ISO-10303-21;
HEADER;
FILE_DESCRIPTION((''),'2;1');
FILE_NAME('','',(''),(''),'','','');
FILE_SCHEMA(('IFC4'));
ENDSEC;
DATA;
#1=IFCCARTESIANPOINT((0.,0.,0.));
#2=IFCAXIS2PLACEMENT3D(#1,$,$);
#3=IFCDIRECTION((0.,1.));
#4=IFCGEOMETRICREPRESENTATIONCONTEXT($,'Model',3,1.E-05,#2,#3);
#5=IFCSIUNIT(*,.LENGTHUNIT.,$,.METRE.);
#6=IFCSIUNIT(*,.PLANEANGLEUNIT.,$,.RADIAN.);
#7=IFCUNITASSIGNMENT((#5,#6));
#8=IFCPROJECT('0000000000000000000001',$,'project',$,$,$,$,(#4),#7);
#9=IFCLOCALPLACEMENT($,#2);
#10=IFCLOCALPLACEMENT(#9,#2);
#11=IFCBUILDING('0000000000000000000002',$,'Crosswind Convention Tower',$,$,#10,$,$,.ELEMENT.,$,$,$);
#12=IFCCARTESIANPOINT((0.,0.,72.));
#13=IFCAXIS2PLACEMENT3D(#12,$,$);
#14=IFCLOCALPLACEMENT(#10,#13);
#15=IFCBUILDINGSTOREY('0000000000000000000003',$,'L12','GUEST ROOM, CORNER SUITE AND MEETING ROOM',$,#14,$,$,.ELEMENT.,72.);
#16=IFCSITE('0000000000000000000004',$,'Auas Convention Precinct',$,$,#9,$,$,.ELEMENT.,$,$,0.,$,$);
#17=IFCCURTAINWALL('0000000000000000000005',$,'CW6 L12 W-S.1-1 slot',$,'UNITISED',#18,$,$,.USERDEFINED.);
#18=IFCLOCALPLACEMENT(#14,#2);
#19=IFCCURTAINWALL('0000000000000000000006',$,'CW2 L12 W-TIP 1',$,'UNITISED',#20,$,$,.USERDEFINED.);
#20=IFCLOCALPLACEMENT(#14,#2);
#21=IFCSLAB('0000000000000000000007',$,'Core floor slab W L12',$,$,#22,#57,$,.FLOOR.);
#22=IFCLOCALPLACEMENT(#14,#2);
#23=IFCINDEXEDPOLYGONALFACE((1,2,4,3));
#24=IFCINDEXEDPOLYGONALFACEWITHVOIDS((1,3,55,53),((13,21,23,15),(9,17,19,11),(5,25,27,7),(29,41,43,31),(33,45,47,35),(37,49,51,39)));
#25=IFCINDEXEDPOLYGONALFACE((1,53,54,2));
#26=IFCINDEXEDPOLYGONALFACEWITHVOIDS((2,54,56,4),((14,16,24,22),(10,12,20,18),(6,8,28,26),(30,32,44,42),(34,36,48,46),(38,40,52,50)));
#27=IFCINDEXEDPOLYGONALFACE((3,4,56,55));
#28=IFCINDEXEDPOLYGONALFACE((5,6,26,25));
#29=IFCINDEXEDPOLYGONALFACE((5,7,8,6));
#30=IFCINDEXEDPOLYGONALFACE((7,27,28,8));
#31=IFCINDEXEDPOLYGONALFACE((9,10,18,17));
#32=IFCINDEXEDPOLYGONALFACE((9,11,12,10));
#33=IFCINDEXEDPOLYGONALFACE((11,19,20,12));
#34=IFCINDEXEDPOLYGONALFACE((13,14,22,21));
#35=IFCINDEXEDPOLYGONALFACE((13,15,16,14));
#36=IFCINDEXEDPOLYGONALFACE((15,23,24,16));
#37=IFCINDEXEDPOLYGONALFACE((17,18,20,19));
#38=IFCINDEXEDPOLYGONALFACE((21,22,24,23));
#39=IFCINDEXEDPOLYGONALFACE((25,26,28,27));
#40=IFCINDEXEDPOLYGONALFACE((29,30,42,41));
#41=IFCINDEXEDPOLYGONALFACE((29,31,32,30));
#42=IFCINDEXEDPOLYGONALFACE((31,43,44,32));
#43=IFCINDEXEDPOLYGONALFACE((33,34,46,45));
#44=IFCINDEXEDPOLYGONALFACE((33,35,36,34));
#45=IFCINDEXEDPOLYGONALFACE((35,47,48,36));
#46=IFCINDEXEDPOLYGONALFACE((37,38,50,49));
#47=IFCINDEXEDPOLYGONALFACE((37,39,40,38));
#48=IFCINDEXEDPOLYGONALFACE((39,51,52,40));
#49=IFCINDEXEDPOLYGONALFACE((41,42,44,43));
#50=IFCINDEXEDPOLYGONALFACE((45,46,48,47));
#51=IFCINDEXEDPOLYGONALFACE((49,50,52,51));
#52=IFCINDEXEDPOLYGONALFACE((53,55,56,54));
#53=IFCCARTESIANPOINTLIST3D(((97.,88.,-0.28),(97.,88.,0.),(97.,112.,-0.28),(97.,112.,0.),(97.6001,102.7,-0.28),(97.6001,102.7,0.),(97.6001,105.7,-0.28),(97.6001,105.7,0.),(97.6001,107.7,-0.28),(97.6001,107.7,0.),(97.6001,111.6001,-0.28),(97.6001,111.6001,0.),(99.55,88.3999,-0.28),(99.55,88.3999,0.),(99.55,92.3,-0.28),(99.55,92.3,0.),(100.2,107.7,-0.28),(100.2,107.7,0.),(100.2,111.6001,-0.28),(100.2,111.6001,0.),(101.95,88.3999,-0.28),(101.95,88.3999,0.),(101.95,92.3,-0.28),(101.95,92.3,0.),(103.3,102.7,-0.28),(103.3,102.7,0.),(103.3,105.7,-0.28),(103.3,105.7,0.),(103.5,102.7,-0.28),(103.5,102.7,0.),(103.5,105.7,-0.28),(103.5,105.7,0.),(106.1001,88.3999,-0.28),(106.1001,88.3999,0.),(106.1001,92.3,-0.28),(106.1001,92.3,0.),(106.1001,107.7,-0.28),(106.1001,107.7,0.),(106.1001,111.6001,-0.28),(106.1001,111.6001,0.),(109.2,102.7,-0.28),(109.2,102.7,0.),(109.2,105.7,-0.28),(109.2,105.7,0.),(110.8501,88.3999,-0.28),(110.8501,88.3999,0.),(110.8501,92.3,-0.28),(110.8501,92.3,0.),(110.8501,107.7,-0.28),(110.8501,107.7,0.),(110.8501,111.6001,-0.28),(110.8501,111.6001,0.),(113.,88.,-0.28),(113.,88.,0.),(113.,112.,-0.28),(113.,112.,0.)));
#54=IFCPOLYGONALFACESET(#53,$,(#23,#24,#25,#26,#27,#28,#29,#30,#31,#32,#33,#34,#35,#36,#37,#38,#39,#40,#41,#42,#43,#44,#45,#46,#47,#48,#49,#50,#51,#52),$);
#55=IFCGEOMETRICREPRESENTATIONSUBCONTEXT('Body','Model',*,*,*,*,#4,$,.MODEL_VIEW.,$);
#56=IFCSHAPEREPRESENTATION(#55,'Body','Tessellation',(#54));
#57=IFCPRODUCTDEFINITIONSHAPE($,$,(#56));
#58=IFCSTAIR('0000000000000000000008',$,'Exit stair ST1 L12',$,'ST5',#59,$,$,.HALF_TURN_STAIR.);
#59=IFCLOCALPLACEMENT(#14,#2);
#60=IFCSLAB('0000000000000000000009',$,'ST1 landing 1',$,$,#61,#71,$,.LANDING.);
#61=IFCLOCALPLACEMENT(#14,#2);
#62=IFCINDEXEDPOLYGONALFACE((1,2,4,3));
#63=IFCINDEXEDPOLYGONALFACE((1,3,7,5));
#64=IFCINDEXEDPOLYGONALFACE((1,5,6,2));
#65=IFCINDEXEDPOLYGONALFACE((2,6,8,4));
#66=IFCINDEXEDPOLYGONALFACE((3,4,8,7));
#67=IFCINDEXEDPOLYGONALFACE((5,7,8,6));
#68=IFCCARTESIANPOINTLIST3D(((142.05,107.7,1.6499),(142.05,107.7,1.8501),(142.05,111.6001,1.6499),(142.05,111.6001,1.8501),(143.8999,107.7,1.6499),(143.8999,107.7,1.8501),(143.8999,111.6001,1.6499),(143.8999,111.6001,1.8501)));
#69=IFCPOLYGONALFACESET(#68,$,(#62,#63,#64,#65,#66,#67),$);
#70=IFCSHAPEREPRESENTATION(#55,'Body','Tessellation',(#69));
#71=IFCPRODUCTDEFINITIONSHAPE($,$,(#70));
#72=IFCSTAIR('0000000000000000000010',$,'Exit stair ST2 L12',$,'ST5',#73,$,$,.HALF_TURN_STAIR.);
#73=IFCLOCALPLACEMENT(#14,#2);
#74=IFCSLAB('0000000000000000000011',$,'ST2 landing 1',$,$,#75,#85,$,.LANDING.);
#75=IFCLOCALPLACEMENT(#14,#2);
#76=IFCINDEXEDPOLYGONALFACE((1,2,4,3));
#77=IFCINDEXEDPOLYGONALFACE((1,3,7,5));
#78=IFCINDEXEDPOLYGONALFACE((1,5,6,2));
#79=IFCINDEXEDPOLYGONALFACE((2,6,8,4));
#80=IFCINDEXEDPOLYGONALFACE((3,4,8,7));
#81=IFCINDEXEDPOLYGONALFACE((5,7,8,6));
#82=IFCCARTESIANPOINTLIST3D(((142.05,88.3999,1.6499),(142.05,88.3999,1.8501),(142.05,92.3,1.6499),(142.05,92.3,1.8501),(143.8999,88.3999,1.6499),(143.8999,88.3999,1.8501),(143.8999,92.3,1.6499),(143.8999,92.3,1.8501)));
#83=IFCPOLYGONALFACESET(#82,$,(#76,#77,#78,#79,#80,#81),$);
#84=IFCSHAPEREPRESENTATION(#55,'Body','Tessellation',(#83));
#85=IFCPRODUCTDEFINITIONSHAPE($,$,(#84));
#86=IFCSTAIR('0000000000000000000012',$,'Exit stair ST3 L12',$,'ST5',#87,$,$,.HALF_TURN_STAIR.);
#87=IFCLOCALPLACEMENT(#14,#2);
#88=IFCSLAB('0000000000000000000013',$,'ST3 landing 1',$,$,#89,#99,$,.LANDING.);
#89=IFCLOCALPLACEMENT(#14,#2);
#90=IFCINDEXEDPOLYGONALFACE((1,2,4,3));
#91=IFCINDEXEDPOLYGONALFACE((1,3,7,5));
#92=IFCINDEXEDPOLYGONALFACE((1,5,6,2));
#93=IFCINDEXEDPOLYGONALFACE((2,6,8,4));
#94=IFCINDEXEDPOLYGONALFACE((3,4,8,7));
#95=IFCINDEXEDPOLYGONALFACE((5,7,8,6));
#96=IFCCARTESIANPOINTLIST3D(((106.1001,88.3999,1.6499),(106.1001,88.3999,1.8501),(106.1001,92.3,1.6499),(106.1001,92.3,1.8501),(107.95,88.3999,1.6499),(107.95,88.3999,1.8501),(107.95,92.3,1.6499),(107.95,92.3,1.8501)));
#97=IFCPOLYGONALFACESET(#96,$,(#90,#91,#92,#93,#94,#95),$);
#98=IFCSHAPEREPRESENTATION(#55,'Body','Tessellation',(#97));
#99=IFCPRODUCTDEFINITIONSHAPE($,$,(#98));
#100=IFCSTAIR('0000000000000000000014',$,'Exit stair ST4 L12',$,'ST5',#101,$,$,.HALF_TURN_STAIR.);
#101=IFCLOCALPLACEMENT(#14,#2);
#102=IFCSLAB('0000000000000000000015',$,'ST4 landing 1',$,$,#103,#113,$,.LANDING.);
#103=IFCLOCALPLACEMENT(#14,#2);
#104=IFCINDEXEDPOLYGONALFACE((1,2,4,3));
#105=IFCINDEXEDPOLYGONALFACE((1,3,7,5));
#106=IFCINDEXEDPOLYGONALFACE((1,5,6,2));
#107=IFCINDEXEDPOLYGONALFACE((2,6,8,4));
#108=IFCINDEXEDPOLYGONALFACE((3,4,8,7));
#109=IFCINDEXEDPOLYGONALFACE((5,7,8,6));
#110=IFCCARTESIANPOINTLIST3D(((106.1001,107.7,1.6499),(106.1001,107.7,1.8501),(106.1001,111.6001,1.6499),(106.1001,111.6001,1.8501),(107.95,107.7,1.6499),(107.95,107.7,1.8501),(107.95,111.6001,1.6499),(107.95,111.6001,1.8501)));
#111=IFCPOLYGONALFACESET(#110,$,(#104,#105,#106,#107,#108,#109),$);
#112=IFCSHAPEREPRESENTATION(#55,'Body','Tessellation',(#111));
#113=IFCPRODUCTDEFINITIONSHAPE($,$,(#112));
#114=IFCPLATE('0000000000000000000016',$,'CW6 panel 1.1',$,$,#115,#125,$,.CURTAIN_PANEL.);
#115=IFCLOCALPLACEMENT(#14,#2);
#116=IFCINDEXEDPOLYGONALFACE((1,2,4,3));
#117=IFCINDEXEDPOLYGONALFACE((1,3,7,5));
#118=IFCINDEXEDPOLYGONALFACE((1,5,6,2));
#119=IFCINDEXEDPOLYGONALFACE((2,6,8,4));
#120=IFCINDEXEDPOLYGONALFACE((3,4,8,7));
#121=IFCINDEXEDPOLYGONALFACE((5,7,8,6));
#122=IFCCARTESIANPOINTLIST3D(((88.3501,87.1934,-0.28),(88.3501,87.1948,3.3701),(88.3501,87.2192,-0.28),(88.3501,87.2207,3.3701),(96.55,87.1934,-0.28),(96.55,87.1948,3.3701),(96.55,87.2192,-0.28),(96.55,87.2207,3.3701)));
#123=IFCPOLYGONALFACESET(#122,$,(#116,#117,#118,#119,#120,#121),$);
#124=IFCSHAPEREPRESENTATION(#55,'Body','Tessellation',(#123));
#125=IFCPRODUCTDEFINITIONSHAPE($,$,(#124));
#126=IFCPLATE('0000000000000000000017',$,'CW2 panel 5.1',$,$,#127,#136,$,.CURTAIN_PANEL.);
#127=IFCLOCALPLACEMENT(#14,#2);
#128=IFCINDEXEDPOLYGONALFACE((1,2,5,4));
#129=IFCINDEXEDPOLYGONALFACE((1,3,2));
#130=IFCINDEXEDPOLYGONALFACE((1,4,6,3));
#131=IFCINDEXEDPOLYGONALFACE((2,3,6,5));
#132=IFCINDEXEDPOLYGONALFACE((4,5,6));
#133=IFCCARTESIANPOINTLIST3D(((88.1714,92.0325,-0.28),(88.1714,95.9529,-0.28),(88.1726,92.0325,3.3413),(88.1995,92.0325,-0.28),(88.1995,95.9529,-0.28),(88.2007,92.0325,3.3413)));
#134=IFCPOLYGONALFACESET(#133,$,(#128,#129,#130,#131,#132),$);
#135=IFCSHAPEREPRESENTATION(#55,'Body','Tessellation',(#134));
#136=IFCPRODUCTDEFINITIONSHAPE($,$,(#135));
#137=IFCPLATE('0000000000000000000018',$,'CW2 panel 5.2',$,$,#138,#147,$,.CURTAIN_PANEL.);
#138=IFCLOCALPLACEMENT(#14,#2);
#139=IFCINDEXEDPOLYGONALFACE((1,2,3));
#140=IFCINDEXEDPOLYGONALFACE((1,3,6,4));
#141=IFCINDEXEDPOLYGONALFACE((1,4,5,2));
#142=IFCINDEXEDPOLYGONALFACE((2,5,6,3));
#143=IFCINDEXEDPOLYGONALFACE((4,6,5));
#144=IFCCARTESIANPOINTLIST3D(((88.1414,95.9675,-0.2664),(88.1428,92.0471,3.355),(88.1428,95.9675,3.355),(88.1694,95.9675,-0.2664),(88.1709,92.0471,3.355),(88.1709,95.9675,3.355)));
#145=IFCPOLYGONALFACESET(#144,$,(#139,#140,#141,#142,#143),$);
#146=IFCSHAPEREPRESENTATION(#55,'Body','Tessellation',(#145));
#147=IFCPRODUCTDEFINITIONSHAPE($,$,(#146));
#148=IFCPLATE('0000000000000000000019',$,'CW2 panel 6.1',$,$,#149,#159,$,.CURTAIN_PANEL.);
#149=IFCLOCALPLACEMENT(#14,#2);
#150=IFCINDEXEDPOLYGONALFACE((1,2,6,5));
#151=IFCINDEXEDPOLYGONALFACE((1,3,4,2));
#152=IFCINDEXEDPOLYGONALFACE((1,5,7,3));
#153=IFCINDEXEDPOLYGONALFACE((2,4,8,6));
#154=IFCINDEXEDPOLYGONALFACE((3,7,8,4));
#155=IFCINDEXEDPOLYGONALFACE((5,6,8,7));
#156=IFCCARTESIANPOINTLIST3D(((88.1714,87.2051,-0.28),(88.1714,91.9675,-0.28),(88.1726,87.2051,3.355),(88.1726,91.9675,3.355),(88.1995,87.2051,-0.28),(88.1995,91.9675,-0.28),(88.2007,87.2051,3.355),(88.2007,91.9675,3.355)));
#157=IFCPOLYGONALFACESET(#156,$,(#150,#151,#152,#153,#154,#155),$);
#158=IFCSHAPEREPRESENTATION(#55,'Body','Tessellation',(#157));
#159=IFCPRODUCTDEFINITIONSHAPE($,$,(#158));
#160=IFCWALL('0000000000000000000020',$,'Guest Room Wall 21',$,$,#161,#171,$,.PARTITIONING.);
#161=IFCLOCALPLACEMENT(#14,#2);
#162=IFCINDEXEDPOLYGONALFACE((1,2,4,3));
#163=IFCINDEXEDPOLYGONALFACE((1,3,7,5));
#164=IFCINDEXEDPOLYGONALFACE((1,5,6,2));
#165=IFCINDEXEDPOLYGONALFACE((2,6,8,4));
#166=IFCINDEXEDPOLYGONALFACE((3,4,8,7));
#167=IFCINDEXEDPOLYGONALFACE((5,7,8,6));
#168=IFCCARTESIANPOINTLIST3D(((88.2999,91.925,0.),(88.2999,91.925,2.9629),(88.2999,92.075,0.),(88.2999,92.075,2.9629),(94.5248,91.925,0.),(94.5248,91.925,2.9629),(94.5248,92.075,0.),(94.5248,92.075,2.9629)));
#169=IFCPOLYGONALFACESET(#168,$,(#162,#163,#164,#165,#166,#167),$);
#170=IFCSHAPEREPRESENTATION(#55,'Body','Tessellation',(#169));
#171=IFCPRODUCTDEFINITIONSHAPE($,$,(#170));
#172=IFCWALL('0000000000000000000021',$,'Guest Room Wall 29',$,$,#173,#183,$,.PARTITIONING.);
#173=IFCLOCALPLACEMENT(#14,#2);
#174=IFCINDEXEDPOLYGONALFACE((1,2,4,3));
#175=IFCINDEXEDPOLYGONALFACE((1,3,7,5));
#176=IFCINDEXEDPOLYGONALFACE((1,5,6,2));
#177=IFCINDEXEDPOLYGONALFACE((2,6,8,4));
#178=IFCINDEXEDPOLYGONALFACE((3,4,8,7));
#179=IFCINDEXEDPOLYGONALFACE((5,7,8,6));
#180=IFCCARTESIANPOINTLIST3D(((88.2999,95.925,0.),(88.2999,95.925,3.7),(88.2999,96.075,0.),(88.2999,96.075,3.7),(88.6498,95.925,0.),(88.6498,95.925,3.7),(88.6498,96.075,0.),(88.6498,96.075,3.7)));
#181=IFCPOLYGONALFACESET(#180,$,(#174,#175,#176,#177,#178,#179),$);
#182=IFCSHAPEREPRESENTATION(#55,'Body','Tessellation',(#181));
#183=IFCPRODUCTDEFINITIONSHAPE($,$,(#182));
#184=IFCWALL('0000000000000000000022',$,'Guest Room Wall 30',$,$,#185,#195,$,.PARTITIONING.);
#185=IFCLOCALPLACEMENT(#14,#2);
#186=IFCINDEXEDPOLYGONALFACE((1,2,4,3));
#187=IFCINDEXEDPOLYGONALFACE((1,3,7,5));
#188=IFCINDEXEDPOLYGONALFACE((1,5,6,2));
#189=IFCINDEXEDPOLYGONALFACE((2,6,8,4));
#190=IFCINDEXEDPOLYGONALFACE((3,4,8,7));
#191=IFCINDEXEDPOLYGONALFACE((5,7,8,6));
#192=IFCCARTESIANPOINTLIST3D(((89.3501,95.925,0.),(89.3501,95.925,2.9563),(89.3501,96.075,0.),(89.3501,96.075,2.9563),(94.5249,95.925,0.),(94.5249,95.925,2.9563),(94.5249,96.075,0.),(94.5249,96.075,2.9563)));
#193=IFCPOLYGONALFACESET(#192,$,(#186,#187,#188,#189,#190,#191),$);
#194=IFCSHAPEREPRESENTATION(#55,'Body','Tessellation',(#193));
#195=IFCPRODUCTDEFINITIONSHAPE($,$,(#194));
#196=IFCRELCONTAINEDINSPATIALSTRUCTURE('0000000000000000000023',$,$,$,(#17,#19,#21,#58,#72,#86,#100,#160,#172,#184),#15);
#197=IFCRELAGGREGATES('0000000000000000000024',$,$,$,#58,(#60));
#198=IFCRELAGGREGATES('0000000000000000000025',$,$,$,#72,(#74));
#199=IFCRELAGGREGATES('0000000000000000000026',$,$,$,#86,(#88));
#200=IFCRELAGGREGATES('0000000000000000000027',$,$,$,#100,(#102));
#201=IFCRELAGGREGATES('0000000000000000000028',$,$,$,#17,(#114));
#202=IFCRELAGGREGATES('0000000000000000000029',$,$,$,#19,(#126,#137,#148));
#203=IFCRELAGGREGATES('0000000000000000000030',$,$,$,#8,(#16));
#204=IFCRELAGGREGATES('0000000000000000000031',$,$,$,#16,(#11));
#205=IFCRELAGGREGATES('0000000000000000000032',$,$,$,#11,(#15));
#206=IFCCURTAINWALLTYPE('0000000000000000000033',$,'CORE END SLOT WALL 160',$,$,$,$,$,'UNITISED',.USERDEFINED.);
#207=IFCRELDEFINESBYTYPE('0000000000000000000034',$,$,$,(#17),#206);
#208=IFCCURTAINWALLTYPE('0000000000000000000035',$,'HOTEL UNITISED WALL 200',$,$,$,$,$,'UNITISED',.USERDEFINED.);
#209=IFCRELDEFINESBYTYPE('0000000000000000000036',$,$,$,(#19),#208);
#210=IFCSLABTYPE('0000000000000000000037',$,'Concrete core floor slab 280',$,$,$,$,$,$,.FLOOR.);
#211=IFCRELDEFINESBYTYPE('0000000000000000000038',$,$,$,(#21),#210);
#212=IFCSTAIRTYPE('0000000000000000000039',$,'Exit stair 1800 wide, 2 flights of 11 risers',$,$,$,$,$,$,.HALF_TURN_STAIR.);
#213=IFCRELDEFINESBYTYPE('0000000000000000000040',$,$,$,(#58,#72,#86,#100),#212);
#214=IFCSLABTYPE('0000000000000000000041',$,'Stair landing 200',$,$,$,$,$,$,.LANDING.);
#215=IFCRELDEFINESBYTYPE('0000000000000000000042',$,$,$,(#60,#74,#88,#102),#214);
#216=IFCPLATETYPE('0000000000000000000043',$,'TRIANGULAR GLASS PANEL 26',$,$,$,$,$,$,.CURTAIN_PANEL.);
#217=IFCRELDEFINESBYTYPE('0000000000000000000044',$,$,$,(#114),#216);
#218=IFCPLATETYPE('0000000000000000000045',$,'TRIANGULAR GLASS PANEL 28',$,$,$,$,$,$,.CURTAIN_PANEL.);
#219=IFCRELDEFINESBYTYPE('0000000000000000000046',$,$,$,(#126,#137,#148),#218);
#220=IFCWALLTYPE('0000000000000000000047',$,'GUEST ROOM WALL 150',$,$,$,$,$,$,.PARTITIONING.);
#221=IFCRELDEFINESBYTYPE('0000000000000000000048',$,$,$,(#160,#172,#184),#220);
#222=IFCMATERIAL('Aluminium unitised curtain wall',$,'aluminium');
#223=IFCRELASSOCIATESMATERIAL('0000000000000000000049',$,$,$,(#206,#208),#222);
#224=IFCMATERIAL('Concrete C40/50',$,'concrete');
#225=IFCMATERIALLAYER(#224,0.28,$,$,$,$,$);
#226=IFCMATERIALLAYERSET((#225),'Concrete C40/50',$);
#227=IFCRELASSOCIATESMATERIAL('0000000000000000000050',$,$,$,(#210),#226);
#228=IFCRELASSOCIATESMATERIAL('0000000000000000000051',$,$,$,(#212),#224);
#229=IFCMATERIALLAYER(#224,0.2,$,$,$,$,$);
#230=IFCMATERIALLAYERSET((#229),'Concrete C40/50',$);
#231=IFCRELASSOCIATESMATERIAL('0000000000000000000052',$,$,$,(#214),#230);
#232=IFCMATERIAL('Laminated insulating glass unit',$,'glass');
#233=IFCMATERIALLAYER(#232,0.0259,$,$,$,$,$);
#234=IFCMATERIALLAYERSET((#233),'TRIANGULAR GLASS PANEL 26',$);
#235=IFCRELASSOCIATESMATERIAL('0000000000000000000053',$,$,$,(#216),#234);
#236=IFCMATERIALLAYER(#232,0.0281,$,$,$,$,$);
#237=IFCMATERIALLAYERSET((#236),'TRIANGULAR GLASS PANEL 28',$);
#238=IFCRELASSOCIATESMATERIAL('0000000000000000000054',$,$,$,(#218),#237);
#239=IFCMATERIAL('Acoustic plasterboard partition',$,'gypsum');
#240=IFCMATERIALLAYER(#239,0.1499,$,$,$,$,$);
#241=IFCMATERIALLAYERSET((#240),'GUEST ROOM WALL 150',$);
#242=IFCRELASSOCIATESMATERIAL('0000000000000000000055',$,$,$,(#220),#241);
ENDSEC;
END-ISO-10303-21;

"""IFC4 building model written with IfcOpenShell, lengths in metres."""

from ifc_helpers import new_model, si_unit, direction, frame, frame_2d, origin, place, context, subcontext, project, spatial, polyline, rectangle, outline, extrude, material, layer, layer_set, type_object, element, aggregate, save


model = new_model("IFC4")

# Units and contexts
model_context = context("Model", 3, precision=1e-05, world=origin(), true_north=direction((0.0, 1.0)))
body_context = subcontext(model_context, "Body", "Model", "MODEL_VIEW")
ifc_project = project(units=[si_unit("LENGTHUNIT", "METRE"), si_unit("PLANEANGLEUNIT", "RADIAN")], contexts=[model_context])

# Site, building, storey
site_placement = place(None, origin())
site = spatial("IfcSite", under=ifc_project, at=site_placement, Name="Auas Convention Precinct", CompositionType="ELEMENT", RefElevation=0.0)
building_placement = place(site_placement, origin())
building = spatial("IfcBuilding", under=site, at=building_placement, Name="Crosswind Convention Tower", CompositionType="ELEMENT")
storey_placement = place(building_placement, frame((0.0, 0.0, 72.0)))
storey = spatial("IfcBuildingStorey", under=building, at=storey_placement, Name="L12", Description="GUEST ROOM, CORNER SUITE AND MEETING ROOM", CompositionType="ELEMENT", Elevation=72.0)

# Curtain wall
ifc_material_1 = material(Name="Aluminium unitised curtain wall", Category="aluminium")
curtain_wall_type_1 = type_object("IfcCurtainWallType", Name="CORE END SLOT WALL 160", ElementType="UNITISED", PredefinedType="USERDEFINED", material=ifc_material_1)
curtain_wall_1_placement = place(storey_placement, origin())
curtain_wall_1 = element("IfcCurtainWall", 1, at=curtain_wall_1_placement, inside=storey, type_object=curtain_wall_type_1, Name="CW6 L12 W-S.1-1 slot", ObjectType="UNITISED", PredefinedType="USERDEFINED")

# Curtain wall
curtain_wall_type_2 = type_object("IfcCurtainWallType", Name="HOTEL UNITISED WALL 200", ElementType="UNITISED", PredefinedType="USERDEFINED", material=ifc_material_1)
curtain_wall_2_placement = place(storey_placement, origin())
curtain_wall_2 = element("IfcCurtainWall", 2, at=curtain_wall_2_placement, inside=storey, type_object=curtain_wall_type_2, Name="CW2 L12 W-TIP 1", ObjectType="UNITISED", PredefinedType="USERDEFINED")

# Slab
ifc_material_2 = material(Name="Concrete C40/50", Category="concrete")
ifc_layer_1 = layer(ifc_material_2, 0.28)
ifc_layer_set_1 = layer_set([ifc_layer_1], Name="Concrete C40/50")
slab_type_1 = type_object("IfcSlabType", Name="Concrete core floor slab 280", PredefinedType="FLOOR", material=ifc_layer_set_1)
slab_1_placement = place(storey_placement, frame((0.0, 0.0, -0.28)))
element("IfcSlab", 3, at=slab_1_placement, inside=storey, type_object=slab_type_1, Name="Core floor slab W L12", PredefinedType="FLOOR", context=body_context, shape_type="SweptSolid", body=[
    extrude(outline(polyline([(97.0, 88.0), (113.0, 88.0), (113.0, 112.0), (97.0, 112.0), (97.0, 88.0)]), holes=[polyline([(109.2, 102.7), (109.2, 105.7), (103.5, 105.7), (103.5, 102.7), (109.2, 102.7)]), polyline([(103.3, 102.7), (103.3, 105.7), (97.6001, 105.7), (97.6001, 102.7), (103.3, 102.7)]), polyline([(101.95, 88.3999), (101.95, 92.3), (99.55, 92.3), (99.55, 88.3999), (101.95, 88.3999)]), polyline([(100.2, 107.7), (100.2, 111.6001), (97.6001, 111.6001), (97.6001, 107.7), (100.2, 107.7)]), polyline([(110.8501, 88.3999), (110.8501, 92.3), (106.1001, 92.3), (106.1001, 88.3999), (110.8501, 88.3999)]), polyline([(110.8501, 107.7), (110.8501, 111.6001), (106.1001, 111.6001), (106.1001, 107.7), (110.8501, 107.7)])]), origin(), (0.0, 0.0, 1.0), 0.28),
])

# Stairs, slabs
stair_type = type_object("IfcStairType", Name="Exit stair 1800 wide, 2 flights of 11 risers", PredefinedType="HALF_TURN_STAIR", material=ifc_material_2)
stair_1_placement = place(storey_placement, origin())
stair_1 = element("IfcStair", 4, at=stair_1_placement, inside=storey, type_object=stair_type, Name="Exit stair ST1 L12", ObjectType="ST5", PredefinedType="HALF_TURN_STAIR")
ifc_layer_2 = layer(ifc_material_2, 0.2)
ifc_layer_set_2 = layer_set([ifc_layer_2], Name="Concrete C40/50")
slab_type_2 = type_object("IfcSlabType", Name="Stair landing 200", PredefinedType="LANDING", material=ifc_layer_set_2)
slab_2_placement = place(storey_placement, frame((0.0, 0.0, 1.6499)))
slab_2 = element("IfcSlab", 5, at=slab_2_placement, type_object=slab_type_2, Name="ST1 landing 1", PredefinedType="LANDING", context=body_context, shape_type="SweptSolid", body=[
    extrude(outline(polyline([(143.8999, 107.7), (143.8999, 111.6001), (142.05, 111.6001), (142.05, 107.7), (143.8999, 107.7)])), origin(), (0.0, 0.0, 1.0), 0.2002),
])
aggregate(stair_1, [slab_2])
stair_2_placement = place(storey_placement, origin())
stair_2 = element("IfcStair", 6, at=stair_2_placement, inside=storey, type_object=stair_type, Name="Exit stair ST2 L12", ObjectType="ST5", PredefinedType="HALF_TURN_STAIR")
slab_3_placement = place(storey_placement, frame((0.0, 0.0, 1.6499)))
slab_3 = element("IfcSlab", 7, at=slab_3_placement, type_object=slab_type_2, Name="ST2 landing 1", PredefinedType="LANDING", context=body_context, shape_type="SweptSolid", body=[
    extrude(outline(polyline([(143.8999, 88.3999), (143.8999, 92.3), (142.05, 92.3), (142.05, 88.3999), (143.8999, 88.3999)])), origin(), (0.0, 0.0, 1.0), 0.2002),
])
aggregate(stair_2, [slab_3])
stair_3_placement = place(storey_placement, origin())
stair_3 = element("IfcStair", 8, at=stair_3_placement, inside=storey, type_object=stair_type, Name="Exit stair ST3 L12", ObjectType="ST5", PredefinedType="HALF_TURN_STAIR")
slab_4_placement = place(storey_placement, frame((0.0, 0.0, 1.6499)))
slab_4 = element("IfcSlab", 9, at=slab_4_placement, type_object=slab_type_2, Name="ST3 landing 1", PredefinedType="LANDING", context=body_context, shape_type="SweptSolid", body=[
    extrude(outline(polyline([(107.95, 88.3999), (107.95, 92.3), (106.1001, 92.3), (106.1001, 88.3999), (107.95, 88.3999)])), origin(), (0.0, 0.0, 1.0), 0.2002),
])
aggregate(stair_3, [slab_4])
stair_4_placement = place(storey_placement, origin())
stair_4 = element("IfcStair", 10, at=stair_4_placement, inside=storey, type_object=stair_type, Name="Exit stair ST4 L12", ObjectType="ST5", PredefinedType="HALF_TURN_STAIR")
slab_5_placement = place(storey_placement, frame((0.0, 0.0, 1.6499)))
slab_5 = element("IfcSlab", 11, at=slab_5_placement, type_object=slab_type_2, Name="ST4 landing 1", PredefinedType="LANDING", context=body_context, shape_type="SweptSolid", body=[
    extrude(outline(polyline([(107.95, 107.7), (107.95, 111.6001), (106.1001, 111.6001), (106.1001, 107.7), (107.95, 107.7)])), origin(), (0.0, 0.0, 1.0), 0.2002),
])
aggregate(stair_4, [slab_5])

# Plates
ifc_material_3 = material(Name="Laminated insulating glass unit", Category="glass")
ifc_layer_3 = layer(ifc_material_3, 0.0259)
ifc_layer_set_3 = layer_set([ifc_layer_3], Name="TRIANGULAR GLASS PANEL 26")
plate_type_1 = type_object("IfcPlateType", Name="TRIANGULAR GLASS PANEL 26", PredefinedType="CURTAIN_PANEL", material=ifc_layer_set_3)
plate_1_placement = place(storey_placement, frame((88.3501, 87.1934, -0.28), z_axis=(0.0, -1.0, 0.000401), x_axis=(1.0, 0.0, 0.0)))
plate_1 = element("IfcPlate", 12, at=plate_1_placement, type_object=plate_type_1, Name="CW6 panel 1.1", PredefinedType="CURTAIN_PANEL", context=body_context, shape_type="SweptSolid", body=[
    extrude(outline(polyline([(0.0, 0.0), (8.2, 0.0), (8.2, 3.6501), (0.0, 3.6501), (0.0, 0.0)])), origin(), (0.0, 0.0, -1.0), 0.0259),
])
aggregate(curtain_wall_1, [plate_1])
ifc_layer_4 = layer(ifc_material_3, 0.0281)
ifc_layer_set_4 = layer_set([ifc_layer_4], Name="TRIANGULAR GLASS PANEL 28")
plate_type_2 = type_object("IfcPlateType", Name="TRIANGULAR GLASS PANEL 28", PredefinedType="CURTAIN_PANEL", material=ifc_layer_set_4)
plate_2_placement = place(storey_placement, frame((88.1714, 92.0325, -0.28), z_axis=(-1.0, 0.0, 0.000337), x_axis=(0.000337, 0.0, 1.0)))
plate_2 = element("IfcPlate", 13, at=plate_2_placement, type_object=plate_type_2, Name="CW2 panel 5.1", PredefinedType="CURTAIN_PANEL", context=body_context, shape_type="SweptSolid", body=[
    extrude(outline(polyline([(0.0, 0.0), (3.6213, 0.0), (0.0, 3.9204), (0.0, 0.0)])), origin(), (0.0, 0.0, -1.0), 0.0281),
])
plate_3_placement = place(storey_placement, frame((88.1428, 95.9675, 3.355), z_axis=(-1.0, 0.0, 0.000405), x_axis=(-0.000405, 0.0, -1.0)))
plate_3 = element("IfcPlate", 14, at=plate_3_placement, type_object=plate_type_2, Name="CW2 panel 5.2", PredefinedType="CURTAIN_PANEL", context=body_context, shape_type="SweptSolid", body=[
    extrude(outline(polyline([(0.0, 0.0), (3.6213, 0.0), (0.0, 3.9204), (0.0, 0.0)])), origin(), (0.0, 0.0, -1.0), 0.0281),
])
plate_4_placement = place(storey_placement, frame((88.1714, 91.9675, -0.28), z_axis=(-1.0, 0.0, 0.000336), x_axis=(0.0, -1.0, 0.0)))
plate_4 = element("IfcPlate", 15, at=plate_4_placement, type_object=plate_type_2, Name="CW2 panel 6.1", PredefinedType="CURTAIN_PANEL", context=body_context, shape_type="SweptSolid", body=[
    extrude(outline(polyline([(0.0, 0.0), (4.7625, 0.0), (4.7625, 3.635), (0.0, 3.635), (0.0, 0.0)])), origin(), (0.0, 0.0, -1.0), 0.0281),
])
aggregate(curtain_wall_2, [plate_2, plate_3, plate_4])

# Walls
ifc_material_4 = material(Name="Acoustic plasterboard partition", Category="gypsum")
ifc_layer_5 = layer(ifc_material_4, 0.1499)
ifc_layer_set_5 = layer_set([ifc_layer_5], Name="GUEST ROOM WALL 150")
wall_type_1 = type_object("IfcWallType", Name="GUEST ROOM WALL 150", PredefinedType="PARTITIONING", material=ifc_layer_set_5)
wall_1_placement = place(storey_placement, frame((88.3, 92.0, 0.0), z_axis=(0.0, 0.0, 1.0), x_axis=(1.0, 0.0, 0.0)))
element("IfcWall", 16, at=wall_1_placement, inside=storey, type_object=wall_type_1, Name="Guest Room Wall 21", PredefinedType="PARTITIONING", context=body_context, shape_type="SweptSolid", body=[
    extrude(rectangle(XDim=6.2249, YDim=0.1499, at=frame_2d((3.1123, 0.0))), origin(), (0.0, 0.0, 1.0), 2.9629),
])
wall_2_placement = place(storey_placement, frame((88.3, 96.0, 0.0), z_axis=(0.0, 0.0, 1.0), x_axis=(1.0, 0.0, 0.0)))
element("IfcWall", 17, at=wall_2_placement, inside=storey, type_object=wall_type_1, Name="Guest Room Wall 29", PredefinedType="PARTITIONING", context=body_context, shape_type="SweptSolid", body=[
    extrude(rectangle(XDim=0.3499, YDim=0.1499, at=frame_2d((0.1748, 0.0))), origin(), (0.0, 0.0, 1.0), 3.7),
])
wall_3_placement = place(storey_placement, frame((89.3501, 96.0, 0.0), z_axis=(0.0, 0.0, 1.0), x_axis=(1.0, 0.0, 0.0)))
element("IfcWall", 18, at=wall_3_placement, inside=storey, type_object=wall_type_1, Name="Guest Room Wall 30", PredefinedType="PARTITIONING", context=body_context, shape_type="SweptSolid", body=[
    extrude(rectangle(XDim=5.1748, YDim=0.1499, at=frame_2d((2.5874, 0.0))), origin(), (0.0, 0.0, 1.0), 2.9563),
])

save(model, "model.ifc")
